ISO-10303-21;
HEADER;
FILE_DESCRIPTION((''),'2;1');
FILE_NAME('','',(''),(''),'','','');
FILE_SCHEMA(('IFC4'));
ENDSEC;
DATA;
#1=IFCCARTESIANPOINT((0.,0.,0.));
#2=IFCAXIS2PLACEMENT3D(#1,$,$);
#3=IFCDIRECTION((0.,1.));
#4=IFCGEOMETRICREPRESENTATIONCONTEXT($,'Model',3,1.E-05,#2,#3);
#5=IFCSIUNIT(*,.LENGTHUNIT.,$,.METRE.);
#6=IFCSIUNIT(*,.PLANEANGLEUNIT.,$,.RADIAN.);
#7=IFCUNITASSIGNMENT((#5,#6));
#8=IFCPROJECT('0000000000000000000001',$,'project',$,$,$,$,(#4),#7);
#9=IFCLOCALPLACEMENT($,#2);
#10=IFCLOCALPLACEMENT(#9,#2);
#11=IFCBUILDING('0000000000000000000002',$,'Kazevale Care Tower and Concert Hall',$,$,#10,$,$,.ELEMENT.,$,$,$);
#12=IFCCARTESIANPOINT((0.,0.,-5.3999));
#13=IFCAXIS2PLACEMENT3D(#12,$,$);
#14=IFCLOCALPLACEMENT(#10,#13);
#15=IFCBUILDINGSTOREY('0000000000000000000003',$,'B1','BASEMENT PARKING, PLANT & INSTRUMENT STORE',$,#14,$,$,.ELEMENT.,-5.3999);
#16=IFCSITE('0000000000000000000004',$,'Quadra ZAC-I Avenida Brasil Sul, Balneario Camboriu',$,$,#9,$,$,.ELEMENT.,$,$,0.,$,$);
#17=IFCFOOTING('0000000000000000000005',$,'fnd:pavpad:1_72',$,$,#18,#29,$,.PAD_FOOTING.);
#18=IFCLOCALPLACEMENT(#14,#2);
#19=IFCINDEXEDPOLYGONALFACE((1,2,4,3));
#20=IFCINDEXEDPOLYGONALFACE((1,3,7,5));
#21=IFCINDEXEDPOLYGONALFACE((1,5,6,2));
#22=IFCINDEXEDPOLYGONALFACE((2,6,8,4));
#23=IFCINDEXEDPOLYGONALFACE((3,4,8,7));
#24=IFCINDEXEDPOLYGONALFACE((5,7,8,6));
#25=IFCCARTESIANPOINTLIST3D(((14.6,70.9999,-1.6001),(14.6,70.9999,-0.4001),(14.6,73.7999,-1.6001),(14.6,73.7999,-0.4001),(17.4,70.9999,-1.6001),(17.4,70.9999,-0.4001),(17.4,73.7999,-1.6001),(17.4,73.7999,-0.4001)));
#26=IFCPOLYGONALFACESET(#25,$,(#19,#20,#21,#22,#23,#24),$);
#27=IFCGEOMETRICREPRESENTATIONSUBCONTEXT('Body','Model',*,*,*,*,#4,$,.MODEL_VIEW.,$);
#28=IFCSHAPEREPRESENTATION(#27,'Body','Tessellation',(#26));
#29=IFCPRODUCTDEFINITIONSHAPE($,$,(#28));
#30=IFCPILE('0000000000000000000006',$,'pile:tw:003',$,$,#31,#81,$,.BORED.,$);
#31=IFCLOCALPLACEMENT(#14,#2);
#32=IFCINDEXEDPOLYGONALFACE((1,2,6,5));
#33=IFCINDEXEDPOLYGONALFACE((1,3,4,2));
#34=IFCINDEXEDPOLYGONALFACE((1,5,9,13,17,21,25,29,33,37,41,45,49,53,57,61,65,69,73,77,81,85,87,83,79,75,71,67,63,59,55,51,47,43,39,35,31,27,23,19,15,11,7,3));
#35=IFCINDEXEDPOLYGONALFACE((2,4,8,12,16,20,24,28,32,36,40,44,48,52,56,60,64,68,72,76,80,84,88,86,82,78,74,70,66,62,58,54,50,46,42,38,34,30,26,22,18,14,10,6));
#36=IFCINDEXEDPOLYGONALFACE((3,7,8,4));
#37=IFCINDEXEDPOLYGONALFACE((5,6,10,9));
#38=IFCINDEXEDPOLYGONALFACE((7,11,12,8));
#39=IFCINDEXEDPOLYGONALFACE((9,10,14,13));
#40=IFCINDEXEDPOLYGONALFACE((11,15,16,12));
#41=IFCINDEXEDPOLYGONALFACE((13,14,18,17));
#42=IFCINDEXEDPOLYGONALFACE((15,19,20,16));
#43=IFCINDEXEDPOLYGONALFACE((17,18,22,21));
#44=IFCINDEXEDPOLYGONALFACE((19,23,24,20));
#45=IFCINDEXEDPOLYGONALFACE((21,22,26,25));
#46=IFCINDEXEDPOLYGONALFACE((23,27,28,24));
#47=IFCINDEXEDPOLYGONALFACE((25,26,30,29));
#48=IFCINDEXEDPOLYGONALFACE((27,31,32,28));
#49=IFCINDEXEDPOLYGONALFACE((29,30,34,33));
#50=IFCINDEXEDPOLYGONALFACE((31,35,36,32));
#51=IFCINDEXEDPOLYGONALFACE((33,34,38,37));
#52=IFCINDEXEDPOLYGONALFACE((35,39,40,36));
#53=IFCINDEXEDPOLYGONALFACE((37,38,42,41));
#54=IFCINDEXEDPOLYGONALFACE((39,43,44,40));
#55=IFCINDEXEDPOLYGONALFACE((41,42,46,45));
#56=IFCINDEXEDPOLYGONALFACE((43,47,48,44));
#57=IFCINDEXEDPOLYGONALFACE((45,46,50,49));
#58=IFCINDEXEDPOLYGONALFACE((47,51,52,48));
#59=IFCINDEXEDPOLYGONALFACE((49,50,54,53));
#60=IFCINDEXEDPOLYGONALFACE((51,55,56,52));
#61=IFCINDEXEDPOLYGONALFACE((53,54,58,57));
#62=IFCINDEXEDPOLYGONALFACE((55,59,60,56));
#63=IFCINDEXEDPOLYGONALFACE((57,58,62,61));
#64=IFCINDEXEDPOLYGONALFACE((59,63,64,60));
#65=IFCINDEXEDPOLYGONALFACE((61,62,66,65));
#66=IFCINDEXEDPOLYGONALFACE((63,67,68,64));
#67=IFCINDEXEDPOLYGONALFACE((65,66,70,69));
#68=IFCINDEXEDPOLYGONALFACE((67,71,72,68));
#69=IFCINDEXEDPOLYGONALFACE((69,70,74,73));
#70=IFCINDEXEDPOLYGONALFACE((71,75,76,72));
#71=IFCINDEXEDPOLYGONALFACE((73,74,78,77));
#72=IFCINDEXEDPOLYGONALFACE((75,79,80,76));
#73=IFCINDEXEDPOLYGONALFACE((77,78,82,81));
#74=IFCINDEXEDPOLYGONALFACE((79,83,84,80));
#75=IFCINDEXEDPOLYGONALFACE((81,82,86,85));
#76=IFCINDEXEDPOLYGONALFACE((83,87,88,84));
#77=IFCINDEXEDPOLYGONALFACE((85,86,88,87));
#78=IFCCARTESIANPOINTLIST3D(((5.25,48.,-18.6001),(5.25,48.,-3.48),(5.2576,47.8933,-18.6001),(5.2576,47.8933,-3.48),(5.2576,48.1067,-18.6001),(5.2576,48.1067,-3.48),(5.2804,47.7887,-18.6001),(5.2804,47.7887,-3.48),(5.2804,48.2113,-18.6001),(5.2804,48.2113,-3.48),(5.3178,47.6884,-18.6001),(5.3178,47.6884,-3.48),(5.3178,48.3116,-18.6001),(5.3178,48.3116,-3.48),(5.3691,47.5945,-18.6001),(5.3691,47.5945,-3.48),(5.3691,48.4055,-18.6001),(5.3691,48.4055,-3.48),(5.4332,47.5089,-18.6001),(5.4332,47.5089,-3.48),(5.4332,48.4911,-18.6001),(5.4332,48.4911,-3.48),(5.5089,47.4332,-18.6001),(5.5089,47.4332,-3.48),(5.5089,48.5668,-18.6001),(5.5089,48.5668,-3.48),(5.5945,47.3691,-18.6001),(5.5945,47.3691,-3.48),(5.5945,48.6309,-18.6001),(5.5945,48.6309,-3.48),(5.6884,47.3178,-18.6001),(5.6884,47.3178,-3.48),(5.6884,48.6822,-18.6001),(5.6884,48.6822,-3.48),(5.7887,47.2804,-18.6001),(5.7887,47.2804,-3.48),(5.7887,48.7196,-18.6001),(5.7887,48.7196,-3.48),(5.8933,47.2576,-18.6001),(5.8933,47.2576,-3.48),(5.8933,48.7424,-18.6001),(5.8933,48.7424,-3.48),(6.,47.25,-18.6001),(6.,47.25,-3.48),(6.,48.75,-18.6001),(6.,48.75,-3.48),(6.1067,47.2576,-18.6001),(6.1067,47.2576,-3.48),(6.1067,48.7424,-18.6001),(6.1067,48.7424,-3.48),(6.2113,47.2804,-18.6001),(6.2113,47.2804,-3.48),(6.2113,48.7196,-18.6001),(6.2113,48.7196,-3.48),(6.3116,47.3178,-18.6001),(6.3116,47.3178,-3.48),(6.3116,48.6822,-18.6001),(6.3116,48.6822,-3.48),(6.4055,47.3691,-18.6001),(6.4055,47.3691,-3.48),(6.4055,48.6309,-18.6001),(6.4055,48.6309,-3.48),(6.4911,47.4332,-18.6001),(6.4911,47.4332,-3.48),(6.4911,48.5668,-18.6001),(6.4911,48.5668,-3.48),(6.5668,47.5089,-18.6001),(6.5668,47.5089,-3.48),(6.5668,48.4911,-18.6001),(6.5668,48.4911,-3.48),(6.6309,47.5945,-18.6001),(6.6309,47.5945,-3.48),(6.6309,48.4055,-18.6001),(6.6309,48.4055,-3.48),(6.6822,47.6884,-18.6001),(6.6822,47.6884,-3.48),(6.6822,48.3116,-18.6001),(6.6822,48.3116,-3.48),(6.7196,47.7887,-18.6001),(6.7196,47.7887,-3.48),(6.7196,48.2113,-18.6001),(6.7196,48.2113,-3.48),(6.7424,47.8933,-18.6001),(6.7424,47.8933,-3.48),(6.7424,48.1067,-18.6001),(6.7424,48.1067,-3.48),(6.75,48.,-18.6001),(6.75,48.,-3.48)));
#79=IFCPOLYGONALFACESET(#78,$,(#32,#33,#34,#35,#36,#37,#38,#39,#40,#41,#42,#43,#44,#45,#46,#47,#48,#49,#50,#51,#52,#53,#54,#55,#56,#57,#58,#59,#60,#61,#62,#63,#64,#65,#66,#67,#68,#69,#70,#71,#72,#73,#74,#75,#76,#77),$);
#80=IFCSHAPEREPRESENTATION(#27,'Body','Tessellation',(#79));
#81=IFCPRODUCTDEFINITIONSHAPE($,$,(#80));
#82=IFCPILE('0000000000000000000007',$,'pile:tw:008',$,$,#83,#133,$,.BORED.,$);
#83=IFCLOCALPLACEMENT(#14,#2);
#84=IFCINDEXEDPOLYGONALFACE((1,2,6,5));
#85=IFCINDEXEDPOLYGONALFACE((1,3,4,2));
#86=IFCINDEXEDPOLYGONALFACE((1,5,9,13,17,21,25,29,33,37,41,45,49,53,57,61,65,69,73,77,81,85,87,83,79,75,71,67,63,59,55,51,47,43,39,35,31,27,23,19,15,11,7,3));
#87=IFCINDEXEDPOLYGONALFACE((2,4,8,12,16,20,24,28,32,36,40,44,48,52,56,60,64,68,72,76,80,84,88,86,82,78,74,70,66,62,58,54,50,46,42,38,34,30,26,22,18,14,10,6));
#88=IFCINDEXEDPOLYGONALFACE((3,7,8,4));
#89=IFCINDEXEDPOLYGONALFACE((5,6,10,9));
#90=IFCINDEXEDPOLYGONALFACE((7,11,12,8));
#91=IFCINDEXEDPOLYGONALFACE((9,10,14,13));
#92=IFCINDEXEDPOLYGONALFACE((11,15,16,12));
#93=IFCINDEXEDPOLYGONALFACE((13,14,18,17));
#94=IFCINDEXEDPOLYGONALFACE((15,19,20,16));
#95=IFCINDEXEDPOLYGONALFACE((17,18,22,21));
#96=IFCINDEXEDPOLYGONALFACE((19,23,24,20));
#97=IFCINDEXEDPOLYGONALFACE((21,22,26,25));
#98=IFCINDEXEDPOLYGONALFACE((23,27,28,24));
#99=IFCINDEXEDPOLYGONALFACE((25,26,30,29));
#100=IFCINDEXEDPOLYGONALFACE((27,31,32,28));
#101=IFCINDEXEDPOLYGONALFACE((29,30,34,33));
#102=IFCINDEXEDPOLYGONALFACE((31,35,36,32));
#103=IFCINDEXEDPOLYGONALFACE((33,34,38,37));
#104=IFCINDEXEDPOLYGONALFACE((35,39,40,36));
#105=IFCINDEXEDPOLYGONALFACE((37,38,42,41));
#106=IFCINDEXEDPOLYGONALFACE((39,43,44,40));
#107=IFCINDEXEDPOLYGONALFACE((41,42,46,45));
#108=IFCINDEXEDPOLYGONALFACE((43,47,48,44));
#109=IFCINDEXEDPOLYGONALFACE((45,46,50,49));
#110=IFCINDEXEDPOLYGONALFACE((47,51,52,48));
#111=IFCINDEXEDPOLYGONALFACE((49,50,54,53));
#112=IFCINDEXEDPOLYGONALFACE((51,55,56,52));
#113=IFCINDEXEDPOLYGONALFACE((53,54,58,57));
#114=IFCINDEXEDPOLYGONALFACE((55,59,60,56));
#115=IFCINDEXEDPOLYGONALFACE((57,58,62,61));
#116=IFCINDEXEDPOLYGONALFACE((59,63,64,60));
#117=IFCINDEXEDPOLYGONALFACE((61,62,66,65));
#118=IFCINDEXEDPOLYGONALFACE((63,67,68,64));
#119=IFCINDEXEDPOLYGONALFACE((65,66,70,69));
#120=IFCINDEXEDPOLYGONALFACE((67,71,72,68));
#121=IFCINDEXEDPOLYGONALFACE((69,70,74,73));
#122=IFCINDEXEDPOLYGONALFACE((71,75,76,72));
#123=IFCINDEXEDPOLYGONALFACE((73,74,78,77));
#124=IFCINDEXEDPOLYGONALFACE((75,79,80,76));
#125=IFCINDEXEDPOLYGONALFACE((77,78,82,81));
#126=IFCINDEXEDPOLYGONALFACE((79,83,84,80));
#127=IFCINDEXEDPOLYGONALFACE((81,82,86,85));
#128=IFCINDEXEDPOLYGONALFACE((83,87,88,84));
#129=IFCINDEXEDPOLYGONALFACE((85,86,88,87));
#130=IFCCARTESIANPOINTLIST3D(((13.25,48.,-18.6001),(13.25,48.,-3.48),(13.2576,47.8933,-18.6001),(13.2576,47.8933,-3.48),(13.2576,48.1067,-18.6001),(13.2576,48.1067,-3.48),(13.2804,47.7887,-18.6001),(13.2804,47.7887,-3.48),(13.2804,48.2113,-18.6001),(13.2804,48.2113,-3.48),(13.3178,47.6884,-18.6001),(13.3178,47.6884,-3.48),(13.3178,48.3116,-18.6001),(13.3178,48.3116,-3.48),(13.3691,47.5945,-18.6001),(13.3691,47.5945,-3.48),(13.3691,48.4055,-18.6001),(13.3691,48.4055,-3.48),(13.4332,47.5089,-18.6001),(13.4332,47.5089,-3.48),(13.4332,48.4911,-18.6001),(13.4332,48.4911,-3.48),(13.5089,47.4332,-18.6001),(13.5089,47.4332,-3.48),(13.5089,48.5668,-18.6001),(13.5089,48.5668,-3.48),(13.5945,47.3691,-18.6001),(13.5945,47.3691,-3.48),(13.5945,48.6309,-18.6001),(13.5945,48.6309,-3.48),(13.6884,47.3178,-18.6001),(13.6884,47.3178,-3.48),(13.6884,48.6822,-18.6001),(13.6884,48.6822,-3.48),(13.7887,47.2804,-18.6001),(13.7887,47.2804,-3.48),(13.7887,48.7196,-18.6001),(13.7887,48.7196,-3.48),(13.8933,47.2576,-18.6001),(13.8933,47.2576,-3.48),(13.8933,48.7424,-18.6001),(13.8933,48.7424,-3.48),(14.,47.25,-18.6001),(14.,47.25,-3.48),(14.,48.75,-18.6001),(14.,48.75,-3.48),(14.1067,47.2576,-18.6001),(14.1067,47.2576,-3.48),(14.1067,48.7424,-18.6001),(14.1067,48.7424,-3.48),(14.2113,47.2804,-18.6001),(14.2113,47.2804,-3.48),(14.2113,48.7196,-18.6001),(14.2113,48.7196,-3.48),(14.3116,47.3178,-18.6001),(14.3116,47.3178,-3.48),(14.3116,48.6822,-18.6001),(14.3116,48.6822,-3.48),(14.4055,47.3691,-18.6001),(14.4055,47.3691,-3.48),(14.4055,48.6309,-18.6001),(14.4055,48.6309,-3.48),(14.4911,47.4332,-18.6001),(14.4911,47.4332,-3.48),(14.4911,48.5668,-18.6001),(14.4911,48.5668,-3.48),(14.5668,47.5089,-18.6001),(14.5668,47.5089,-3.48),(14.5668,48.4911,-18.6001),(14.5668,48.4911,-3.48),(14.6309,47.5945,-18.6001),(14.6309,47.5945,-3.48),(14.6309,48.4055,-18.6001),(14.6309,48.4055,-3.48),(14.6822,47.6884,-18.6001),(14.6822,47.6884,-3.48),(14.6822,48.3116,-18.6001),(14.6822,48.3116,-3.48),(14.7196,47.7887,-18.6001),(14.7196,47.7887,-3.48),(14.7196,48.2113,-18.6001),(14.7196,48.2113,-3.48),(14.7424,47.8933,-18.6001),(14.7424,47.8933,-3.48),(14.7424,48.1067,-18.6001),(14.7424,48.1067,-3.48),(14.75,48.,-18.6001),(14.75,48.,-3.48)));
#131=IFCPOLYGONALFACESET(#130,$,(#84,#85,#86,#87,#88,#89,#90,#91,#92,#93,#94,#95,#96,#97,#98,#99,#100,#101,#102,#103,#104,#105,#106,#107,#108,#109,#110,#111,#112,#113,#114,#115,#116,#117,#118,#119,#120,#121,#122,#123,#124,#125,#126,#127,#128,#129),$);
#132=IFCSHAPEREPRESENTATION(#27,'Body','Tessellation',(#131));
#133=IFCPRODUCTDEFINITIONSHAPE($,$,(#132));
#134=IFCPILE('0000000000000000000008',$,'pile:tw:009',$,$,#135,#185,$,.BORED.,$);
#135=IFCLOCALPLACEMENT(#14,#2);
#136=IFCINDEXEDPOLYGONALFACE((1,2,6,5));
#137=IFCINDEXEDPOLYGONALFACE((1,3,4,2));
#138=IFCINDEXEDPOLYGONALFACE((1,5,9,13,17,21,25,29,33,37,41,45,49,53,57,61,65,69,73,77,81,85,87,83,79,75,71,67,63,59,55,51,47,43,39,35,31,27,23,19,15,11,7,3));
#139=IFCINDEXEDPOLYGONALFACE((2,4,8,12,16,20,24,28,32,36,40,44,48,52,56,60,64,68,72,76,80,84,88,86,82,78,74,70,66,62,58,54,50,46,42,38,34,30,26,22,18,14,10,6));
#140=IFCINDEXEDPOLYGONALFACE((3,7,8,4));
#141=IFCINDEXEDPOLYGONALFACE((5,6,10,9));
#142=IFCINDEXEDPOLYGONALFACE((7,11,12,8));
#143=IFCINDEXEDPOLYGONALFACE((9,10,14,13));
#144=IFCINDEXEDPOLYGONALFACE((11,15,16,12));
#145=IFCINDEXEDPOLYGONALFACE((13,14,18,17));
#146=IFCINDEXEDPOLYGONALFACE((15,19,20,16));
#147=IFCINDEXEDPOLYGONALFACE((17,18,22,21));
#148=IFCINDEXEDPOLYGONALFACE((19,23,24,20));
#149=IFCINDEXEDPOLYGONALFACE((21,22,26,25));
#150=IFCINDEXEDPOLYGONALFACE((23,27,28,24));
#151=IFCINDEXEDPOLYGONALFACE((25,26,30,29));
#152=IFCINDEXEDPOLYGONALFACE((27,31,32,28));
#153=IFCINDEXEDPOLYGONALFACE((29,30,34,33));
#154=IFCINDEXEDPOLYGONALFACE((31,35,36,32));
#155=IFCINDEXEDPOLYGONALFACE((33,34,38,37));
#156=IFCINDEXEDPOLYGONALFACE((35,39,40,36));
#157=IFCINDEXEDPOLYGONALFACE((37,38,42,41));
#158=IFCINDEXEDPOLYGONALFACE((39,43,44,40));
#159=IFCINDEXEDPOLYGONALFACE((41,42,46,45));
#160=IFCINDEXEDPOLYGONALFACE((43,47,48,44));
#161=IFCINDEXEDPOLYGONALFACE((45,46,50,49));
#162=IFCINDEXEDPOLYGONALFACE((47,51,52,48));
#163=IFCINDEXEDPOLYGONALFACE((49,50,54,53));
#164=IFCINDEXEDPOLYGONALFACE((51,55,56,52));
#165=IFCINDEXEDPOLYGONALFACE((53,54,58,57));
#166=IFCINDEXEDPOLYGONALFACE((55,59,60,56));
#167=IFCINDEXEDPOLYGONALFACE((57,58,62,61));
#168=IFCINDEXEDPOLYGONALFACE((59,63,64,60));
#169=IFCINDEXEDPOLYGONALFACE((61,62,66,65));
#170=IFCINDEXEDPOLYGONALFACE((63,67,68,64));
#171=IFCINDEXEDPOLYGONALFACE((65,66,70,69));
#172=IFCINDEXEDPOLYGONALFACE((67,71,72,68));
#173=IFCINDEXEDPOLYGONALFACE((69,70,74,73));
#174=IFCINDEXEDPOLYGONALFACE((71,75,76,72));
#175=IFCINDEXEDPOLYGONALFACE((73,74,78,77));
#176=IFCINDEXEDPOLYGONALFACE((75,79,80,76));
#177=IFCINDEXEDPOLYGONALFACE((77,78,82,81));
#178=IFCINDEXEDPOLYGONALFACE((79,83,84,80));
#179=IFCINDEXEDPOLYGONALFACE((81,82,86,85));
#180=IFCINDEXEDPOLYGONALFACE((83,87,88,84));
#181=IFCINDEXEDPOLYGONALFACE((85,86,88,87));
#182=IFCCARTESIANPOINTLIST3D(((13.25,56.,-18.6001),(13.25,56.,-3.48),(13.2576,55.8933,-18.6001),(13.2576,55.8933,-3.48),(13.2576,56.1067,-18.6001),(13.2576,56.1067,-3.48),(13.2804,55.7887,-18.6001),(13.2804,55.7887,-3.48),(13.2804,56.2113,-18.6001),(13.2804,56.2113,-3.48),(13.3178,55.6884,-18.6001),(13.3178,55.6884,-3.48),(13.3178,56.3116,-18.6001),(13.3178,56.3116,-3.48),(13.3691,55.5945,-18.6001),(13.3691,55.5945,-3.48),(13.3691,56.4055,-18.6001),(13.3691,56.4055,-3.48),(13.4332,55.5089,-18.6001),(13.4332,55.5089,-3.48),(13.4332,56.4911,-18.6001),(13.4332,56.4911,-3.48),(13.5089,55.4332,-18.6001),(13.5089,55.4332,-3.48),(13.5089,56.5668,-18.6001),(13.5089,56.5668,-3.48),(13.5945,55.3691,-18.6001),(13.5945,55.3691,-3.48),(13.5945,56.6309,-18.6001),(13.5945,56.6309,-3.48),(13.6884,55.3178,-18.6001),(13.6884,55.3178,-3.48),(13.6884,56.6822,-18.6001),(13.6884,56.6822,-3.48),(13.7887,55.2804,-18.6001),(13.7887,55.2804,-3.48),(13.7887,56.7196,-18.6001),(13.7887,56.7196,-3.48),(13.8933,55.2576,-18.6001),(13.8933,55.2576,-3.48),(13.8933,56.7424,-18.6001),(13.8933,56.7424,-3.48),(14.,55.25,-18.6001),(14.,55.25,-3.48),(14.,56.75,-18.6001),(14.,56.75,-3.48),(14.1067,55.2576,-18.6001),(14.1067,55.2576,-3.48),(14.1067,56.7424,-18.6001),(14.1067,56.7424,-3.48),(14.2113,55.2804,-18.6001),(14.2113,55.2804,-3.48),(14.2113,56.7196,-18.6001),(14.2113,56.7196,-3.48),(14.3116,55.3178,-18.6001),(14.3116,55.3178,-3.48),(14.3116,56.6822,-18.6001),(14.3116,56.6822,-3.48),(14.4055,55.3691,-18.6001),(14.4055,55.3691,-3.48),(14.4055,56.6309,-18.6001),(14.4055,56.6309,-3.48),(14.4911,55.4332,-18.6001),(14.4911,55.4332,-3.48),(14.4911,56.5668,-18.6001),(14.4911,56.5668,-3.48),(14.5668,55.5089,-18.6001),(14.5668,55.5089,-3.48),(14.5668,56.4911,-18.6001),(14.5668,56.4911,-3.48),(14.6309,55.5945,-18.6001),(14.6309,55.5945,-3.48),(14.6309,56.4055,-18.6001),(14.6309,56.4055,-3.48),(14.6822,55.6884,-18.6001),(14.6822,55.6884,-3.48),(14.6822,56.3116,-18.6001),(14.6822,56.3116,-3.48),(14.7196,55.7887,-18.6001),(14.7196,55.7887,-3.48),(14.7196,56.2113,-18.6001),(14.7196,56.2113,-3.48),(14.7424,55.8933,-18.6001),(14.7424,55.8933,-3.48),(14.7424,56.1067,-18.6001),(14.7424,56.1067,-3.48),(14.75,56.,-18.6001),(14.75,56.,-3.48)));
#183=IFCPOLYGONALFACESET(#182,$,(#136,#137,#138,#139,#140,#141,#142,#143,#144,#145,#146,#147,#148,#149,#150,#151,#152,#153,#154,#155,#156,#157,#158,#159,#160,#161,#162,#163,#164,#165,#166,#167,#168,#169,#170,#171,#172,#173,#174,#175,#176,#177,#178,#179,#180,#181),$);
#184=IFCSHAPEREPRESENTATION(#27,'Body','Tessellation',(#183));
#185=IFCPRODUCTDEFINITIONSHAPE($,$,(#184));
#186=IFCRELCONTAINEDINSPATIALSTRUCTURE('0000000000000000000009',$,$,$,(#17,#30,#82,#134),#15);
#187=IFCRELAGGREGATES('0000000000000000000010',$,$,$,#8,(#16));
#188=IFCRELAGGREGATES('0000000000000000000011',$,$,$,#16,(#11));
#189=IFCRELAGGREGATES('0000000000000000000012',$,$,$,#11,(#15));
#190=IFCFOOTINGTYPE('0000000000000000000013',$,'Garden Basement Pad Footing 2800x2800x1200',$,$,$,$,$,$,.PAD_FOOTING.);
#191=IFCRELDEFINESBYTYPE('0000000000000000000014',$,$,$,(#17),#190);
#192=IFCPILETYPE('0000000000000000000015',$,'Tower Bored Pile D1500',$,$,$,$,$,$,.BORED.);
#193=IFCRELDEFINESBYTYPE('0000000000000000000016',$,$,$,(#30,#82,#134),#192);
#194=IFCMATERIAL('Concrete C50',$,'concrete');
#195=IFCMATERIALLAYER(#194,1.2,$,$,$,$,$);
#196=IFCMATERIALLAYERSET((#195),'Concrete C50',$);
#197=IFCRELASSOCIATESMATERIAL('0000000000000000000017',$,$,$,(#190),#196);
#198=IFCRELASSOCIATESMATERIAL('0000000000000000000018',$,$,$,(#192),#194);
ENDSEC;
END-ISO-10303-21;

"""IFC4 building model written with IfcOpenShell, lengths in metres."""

from ifc_helpers import new_model, si_unit, direction, frame, origin, origin_2d, place, context, subcontext, project, spatial, rectangle, circle, extrude, material, layer, layer_set, material_profile, profile_set, type_object, element, save


model = new_model("IFC4")

# Units and contexts
model_context = context("Model", 3, precision=1e-05, world=origin(), true_north=direction((0.0, 1.0)))
body_context = subcontext(model_context, "Body", "Model", "MODEL_VIEW")
ifc_project = project(units=[si_unit("LENGTHUNIT", "METRE"), si_unit("PLANEANGLEUNIT", "RADIAN")], contexts=[model_context])

# Site, building, storey
site_placement = place(None, origin())
site = spatial("IfcSite", under=ifc_project, at=site_placement, Name="Quadra ZAC-I Avenida Brasil Sul, Balneario Camboriu", CompositionType="ELEMENT", RefElevation=0.0)
building_placement = place(site_placement, origin())
building = spatial("IfcBuilding", under=site, at=building_placement, Name="Kazevale Care Tower and Concert Hall", CompositionType="ELEMENT")
storey_placement = place(building_placement, frame((0.0, 0.0, -5.3999)))
storey = spatial("IfcBuildingStorey", under=building, at=storey_placement, Name="B1", Description="BASEMENT PARKING, PLANT & INSTRUMENT STORE", CompositionType="ELEMENT", Elevation=-5.3999)

# Footing
ifc_material_1 = material(Name="Concrete C50", Category="concrete")
ifc_layer_1 = layer(ifc_material_1, 1.2)
ifc_layer_set_1 = layer_set([ifc_layer_1], Name="Concrete C50")
footing_type = type_object("IfcFootingType", Name="Garden Basement Pad Footing 2800x2800x1200", PredefinedType="PAD_FOOTING", material=ifc_layer_set_1)
footing_placement = place(storey_placement, frame((16.0, 72.3999, -1.6001), z_axis=(0.0, 0.0, 1.0), x_axis=(1.0, 0.0, 0.0)))
element("IfcFooting", 1, at=footing_placement, inside=storey, type_object=footing_type, Name="fnd:pavpad:1_72", PredefinedType="PAD_FOOTING", context=body_context, shape_type="SweptSolid", body=[
    extrude(rectangle(XDim=2.8, YDim=2.8, at=origin_2d()), origin(), (0.0, 0.0, 1.0), 1.2),
])

# Piles
ifc_material_profile_1 = material_profile(ifc_material_1, circle(Radius=0.75, at=origin_2d()), Name="PILE-D1500")
ifc_profile_set_1 = profile_set([ifc_material_profile_1], Name="Concrete C50")
pile_type = type_object("IfcPileType", Name="Tower Bored Pile D1500", PredefinedType="BORED", material=ifc_profile_set_1)
for number, where, z_axis, x_axis, name in (
    (2, (6.0, 48.0, -3.48), (0.0, 0.0, -1.0), (1.0, 0.0, 0.0), "pile:tw:003"),
    (3, (14.0, 48.0, -3.48), (0.0, 0.0, -1.0), (1.0, 0.0, 0.0), "pile:tw:008"),
    (4, (14.0, 56.0, -3.48), (0.0, 0.0, -1.0), (1.0, 0.0, 0.0), "pile:tw:009"),
):
    element("IfcPile", number, at=place(storey_placement, frame(where, z_axis=z_axis, x_axis=x_axis)), inside=storey, type_object=pile_type, Name=name, PredefinedType="BORED", context=body_context, shape_type="SweptSolid", body=[
        extrude(circle(Radius=0.75, at=origin_2d()), origin(), (0.0, 0.0, 1.0), 15.1201),
    ])

save(model, "model.ifc")
